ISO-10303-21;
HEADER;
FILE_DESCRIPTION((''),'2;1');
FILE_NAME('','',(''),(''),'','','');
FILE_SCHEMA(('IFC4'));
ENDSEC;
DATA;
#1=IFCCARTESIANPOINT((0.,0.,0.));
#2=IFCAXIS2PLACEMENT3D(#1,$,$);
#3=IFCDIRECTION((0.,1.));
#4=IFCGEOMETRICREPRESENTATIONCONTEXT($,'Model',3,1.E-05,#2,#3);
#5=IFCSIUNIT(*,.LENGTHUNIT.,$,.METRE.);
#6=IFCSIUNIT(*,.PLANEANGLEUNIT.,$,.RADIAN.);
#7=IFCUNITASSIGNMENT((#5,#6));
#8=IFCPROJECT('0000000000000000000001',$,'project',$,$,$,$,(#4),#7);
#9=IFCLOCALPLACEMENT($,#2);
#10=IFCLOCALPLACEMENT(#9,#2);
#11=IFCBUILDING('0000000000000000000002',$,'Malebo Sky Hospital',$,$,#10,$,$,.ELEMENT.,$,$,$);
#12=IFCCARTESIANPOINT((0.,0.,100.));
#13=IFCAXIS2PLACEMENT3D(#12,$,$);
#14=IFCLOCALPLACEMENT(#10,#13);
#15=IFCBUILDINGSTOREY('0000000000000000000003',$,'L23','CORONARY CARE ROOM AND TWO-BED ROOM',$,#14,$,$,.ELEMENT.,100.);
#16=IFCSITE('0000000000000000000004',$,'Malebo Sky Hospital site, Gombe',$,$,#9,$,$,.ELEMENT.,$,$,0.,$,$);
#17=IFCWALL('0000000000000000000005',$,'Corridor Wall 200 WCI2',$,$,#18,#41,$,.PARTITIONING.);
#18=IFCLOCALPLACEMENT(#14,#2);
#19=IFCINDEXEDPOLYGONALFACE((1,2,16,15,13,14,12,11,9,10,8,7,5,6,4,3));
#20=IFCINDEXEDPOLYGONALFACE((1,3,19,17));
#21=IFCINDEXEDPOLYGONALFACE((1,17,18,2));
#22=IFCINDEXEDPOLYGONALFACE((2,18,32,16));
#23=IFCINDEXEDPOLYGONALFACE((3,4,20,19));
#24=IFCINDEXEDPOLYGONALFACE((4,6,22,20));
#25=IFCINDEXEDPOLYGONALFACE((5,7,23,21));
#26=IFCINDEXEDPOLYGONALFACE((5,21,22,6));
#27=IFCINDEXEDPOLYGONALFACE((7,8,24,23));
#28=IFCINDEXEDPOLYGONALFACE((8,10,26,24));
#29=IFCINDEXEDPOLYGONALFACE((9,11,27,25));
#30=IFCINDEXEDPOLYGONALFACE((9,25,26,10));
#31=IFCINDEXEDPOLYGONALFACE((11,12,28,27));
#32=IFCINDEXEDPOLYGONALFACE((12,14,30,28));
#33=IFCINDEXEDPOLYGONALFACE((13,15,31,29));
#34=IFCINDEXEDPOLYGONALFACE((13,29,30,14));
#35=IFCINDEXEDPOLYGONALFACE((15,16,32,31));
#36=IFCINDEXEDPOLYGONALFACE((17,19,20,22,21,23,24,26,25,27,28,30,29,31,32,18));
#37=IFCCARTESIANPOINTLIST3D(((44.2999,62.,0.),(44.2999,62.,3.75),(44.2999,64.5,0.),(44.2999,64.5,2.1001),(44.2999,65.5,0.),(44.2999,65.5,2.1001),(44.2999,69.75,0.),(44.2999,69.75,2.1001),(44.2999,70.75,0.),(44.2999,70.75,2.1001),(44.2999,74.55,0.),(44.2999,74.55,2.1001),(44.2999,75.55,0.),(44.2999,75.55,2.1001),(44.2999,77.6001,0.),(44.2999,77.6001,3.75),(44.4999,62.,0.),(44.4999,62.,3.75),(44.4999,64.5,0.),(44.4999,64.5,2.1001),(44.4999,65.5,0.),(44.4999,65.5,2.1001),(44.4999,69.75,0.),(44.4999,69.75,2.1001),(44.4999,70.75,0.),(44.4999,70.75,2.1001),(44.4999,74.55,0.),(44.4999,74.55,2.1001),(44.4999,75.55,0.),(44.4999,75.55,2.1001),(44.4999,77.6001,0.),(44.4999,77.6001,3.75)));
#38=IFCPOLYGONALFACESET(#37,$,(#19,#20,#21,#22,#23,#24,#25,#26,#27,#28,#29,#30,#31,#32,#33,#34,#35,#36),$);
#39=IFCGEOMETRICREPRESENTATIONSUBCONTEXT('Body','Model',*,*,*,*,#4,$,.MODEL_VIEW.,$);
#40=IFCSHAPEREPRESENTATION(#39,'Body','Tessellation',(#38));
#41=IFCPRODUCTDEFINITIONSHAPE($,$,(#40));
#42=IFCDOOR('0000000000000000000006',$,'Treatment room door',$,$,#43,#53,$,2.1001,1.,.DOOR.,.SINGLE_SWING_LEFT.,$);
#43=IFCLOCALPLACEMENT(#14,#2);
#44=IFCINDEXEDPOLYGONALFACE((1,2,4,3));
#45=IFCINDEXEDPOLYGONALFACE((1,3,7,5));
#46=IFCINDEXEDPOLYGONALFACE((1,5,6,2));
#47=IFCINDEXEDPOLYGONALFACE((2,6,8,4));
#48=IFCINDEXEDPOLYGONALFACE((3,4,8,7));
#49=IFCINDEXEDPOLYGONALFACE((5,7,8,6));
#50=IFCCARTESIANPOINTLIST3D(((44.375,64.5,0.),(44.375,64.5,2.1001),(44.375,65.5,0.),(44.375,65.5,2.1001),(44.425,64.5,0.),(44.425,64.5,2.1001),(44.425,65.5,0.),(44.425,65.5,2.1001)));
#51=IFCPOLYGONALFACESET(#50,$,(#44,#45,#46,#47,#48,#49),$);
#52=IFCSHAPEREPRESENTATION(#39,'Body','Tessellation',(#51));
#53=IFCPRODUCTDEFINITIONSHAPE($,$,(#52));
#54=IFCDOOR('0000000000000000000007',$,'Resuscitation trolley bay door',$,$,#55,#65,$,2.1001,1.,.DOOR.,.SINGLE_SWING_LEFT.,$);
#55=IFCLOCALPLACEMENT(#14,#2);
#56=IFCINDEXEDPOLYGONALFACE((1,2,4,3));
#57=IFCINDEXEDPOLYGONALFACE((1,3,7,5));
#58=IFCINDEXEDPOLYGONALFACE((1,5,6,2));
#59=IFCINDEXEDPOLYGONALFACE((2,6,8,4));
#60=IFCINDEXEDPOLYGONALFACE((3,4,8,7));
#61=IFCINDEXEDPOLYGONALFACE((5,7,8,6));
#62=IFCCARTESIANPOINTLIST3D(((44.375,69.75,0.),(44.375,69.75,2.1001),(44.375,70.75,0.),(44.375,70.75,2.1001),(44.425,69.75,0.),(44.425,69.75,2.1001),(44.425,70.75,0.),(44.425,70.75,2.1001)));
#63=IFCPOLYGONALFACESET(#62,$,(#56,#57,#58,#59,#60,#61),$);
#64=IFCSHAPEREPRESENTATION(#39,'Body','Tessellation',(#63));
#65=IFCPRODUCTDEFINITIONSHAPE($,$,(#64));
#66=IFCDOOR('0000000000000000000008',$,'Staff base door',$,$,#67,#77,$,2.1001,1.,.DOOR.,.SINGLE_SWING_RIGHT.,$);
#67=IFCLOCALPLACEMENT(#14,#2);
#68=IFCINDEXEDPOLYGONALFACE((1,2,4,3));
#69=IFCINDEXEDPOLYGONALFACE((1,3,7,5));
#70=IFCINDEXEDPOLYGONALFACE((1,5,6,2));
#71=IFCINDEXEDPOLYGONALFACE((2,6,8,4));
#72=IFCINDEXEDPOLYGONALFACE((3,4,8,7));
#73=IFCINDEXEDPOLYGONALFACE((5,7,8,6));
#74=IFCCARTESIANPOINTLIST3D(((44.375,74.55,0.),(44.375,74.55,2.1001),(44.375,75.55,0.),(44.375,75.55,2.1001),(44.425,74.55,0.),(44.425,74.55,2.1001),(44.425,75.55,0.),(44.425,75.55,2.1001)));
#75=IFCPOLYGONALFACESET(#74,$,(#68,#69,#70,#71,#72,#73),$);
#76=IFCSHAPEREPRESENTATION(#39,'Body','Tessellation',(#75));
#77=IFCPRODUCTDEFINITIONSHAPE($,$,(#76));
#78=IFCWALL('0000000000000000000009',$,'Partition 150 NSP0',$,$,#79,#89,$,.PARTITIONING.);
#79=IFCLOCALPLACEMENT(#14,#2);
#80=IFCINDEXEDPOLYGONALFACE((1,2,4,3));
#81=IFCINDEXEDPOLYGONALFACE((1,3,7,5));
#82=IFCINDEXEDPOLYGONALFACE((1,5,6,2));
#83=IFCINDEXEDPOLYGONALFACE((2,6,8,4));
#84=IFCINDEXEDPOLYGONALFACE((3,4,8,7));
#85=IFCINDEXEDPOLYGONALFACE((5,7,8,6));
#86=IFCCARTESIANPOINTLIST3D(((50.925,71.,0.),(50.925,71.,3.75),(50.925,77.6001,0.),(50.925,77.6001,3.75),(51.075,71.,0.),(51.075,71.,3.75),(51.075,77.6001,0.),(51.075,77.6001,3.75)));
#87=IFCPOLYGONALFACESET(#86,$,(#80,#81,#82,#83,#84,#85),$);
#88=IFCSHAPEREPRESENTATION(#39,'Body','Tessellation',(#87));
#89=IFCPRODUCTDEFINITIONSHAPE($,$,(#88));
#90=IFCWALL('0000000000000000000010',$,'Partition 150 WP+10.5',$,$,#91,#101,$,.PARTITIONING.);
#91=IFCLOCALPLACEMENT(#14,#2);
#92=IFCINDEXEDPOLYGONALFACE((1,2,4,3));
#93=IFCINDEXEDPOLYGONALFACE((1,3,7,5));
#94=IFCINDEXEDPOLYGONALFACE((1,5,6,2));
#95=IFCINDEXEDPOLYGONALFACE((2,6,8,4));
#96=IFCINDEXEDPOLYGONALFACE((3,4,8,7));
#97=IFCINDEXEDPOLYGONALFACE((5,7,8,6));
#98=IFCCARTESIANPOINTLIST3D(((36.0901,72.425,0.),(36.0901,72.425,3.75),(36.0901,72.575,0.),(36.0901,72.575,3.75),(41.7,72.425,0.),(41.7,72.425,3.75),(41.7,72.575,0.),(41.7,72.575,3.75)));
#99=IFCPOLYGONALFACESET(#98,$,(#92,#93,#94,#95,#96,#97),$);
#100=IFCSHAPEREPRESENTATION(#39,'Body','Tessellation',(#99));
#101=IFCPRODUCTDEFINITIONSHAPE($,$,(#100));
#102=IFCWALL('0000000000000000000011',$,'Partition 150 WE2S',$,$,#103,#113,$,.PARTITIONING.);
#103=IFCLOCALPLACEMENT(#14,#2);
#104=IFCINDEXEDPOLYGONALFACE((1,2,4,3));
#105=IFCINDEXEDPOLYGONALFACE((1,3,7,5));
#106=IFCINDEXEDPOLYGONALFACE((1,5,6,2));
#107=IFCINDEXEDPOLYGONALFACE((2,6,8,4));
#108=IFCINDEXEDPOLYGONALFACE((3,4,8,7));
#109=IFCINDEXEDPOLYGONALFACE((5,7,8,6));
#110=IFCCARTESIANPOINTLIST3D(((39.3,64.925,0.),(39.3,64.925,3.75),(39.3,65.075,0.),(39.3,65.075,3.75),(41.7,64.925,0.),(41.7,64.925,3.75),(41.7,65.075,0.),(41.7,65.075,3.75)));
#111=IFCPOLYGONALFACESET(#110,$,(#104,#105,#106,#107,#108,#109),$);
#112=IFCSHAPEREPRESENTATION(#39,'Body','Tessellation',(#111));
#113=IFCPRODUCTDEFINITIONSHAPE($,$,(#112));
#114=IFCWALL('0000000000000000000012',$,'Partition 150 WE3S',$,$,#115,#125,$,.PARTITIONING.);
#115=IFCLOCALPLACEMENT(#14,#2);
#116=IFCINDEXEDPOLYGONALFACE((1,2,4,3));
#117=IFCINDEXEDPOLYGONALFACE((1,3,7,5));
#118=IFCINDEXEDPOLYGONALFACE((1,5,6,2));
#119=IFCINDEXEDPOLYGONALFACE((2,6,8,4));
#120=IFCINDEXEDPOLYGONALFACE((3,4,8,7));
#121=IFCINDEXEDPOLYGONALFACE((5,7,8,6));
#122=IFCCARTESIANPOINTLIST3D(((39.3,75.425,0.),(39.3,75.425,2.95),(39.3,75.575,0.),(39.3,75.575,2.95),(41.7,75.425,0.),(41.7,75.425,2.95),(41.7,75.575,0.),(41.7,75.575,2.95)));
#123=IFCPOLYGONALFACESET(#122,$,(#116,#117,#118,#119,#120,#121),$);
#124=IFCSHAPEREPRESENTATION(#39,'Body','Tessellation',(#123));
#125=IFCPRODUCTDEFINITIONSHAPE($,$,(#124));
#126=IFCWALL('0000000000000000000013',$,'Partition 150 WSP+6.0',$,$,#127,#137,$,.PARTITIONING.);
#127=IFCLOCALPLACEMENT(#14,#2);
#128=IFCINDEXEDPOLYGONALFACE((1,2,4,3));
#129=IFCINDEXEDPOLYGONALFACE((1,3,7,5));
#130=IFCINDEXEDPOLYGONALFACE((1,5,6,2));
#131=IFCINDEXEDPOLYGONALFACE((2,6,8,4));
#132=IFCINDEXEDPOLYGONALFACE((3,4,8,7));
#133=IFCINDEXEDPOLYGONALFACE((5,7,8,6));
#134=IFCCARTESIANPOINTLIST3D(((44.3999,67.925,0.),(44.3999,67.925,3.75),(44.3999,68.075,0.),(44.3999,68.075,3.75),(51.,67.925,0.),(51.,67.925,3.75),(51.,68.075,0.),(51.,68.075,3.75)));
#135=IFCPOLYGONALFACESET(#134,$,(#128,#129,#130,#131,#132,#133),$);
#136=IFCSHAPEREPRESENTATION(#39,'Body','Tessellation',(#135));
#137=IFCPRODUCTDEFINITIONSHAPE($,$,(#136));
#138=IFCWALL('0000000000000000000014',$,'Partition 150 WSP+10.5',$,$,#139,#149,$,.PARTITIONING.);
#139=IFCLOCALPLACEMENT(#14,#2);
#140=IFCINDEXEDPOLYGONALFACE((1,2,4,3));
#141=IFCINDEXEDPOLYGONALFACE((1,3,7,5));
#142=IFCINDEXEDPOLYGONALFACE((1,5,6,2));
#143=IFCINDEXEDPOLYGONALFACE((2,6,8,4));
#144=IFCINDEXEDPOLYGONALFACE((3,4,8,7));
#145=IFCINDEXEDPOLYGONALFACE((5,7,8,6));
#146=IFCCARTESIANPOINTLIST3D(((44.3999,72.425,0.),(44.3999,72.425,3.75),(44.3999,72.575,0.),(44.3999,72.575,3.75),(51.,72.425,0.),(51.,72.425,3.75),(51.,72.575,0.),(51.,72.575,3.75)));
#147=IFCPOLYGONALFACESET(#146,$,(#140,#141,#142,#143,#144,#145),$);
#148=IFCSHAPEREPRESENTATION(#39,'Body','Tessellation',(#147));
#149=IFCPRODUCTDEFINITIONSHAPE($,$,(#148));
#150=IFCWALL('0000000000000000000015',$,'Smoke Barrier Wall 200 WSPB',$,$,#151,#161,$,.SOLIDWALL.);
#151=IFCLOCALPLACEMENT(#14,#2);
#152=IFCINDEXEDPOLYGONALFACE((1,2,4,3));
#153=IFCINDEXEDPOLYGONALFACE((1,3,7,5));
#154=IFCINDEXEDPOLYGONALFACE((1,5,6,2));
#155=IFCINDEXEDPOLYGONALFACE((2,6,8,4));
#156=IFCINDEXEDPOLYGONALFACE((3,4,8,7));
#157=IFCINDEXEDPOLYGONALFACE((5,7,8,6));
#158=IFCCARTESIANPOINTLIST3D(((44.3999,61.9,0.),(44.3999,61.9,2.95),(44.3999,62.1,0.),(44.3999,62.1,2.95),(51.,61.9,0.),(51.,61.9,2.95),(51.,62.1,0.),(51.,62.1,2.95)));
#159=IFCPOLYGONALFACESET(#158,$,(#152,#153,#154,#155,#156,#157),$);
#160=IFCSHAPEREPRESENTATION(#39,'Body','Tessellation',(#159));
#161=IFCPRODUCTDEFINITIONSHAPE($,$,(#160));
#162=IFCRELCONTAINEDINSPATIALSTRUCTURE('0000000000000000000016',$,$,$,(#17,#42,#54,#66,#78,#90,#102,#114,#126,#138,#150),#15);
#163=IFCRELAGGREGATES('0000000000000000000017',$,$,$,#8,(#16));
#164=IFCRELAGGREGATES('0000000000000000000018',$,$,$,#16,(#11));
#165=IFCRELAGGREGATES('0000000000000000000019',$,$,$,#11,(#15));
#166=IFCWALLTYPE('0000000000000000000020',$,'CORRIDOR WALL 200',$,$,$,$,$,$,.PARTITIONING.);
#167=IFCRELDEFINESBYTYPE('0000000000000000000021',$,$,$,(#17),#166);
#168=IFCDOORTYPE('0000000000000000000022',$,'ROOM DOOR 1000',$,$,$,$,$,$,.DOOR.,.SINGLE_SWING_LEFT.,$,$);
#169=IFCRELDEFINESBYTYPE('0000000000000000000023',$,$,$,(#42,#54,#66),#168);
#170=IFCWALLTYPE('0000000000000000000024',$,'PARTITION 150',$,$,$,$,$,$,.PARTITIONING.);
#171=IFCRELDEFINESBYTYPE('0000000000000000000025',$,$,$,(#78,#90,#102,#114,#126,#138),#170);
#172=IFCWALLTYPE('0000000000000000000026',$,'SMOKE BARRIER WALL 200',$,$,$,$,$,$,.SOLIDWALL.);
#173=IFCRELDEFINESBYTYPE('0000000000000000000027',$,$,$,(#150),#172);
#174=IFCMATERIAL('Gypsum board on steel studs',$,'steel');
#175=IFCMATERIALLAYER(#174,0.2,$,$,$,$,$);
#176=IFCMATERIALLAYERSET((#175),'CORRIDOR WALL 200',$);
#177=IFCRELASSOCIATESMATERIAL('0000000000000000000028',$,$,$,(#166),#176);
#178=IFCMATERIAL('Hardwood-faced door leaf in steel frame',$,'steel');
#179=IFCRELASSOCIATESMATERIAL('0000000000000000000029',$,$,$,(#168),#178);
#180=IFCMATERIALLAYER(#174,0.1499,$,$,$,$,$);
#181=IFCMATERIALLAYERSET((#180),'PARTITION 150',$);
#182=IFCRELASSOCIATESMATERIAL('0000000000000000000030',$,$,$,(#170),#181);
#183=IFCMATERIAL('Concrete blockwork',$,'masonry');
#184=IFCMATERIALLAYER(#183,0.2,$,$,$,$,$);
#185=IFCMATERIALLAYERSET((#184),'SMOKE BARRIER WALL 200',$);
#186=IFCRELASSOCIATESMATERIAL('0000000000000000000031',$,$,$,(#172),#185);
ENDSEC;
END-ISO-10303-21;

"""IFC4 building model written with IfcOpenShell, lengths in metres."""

from ifc_helpers import new_model, si_unit, direction, frame, frame_2d, origin, place, context, subcontext, project, spatial, rectangle, extrude, material, layer, layer_set, type_object, element, fill, save


model = new_model("IFC4")

# Units and contexts
model_context = context("Model", 3, precision=1e-05, world=origin(), true_north=direction((0.0, 1.0)))
body_context = subcontext(model_context, "Body", "Model", "MODEL_VIEW")
ifc_project = project(units=[si_unit("LENGTHUNIT", "METRE"), si_unit("PLANEANGLEUNIT", "RADIAN")], contexts=[model_context])

# Site, building, storey
site_placement = place(None, origin())
site = spatial("IfcSite", under=ifc_project, at=site_placement, Name="Malebo Sky Hospital site, Gombe", CompositionType="ELEMENT", RefElevation=0.0)
building_placement = place(site_placement, origin())
building = spatial("IfcBuilding", under=site, at=building_placement, Name="Malebo Sky Hospital", CompositionType="ELEMENT")
storey_placement = place(building_placement, frame((0.0, 0.0, 100.0)))
storey = spatial("IfcBuildingStorey", under=building, at=storey_placement, Name="L23", Description="CORONARY CARE ROOM AND TWO-BED ROOM", CompositionType="ELEMENT", Elevation=100.0)

# Shared definitions
ifc_material_1 = material(Name="Hardwood-faced door leaf in steel frame", Category="steel")

# Wall, openings, doors
ifc_material_2 = material(Name="Gypsum board on steel studs", Category="steel")
ifc_layer_1 = layer(ifc_material_2, 0.2)
ifc_layer_set_1 = layer_set([ifc_layer_1], Name="CORRIDOR WALL 200")
wall_type_1 = type_object("IfcWallType", Name="CORRIDOR WALL 200", PredefinedType="PARTITIONING", material=ifc_layer_set_1)
wall_1_placement = place(storey_placement, frame((44.3999, 62.0, 0.0), z_axis=(0.0, 0.0, 1.0), x_axis=(0.0, 1.0, 0.0)))
wall_1 = element("IfcWall", 1, at=wall_1_placement, inside=storey, type_object=wall_type_1, Name="Corridor Wall 200 WCI2", PredefinedType="PARTITIONING", context=body_context, shape_type="SweptSolid", body=[
    extrude(rectangle(XDim=15.6001, YDim=0.2, at=frame_2d((7.8, 0.0))), origin(), (0.0, 0.0, 1.0), 3.75),
])
opening_1_placement = place(wall_1_placement, frame((2.5, 0.0, 0.0)))
opening_1 = element("IfcOpeningElement", 2, at=opening_1_placement, cuts=wall_1, PredefinedType="OPENING", context=body_context, shape_type="SweptSolid", body=[
    extrude(rectangle(XDim=1.0, YDim=2.1001, at=frame_2d((0.5, 1.05))), frame((0.0, 0.1099, 0.0), z_axis=(0.0, -1.0, 0.0), x_axis=(1.0, 0.0, 0.0)), (0.0, 0.0, 1.0), 0.22),
])
opening_2_placement = place(wall_1_placement, frame((7.75, 0.0, 0.0)))
opening_2 = element("IfcOpeningElement", 3, at=opening_2_placement, cuts=wall_1, PredefinedType="OPENING", context=body_context, shape_type="SweptSolid", body=[
    extrude(rectangle(XDim=1.0, YDim=2.1001, at=frame_2d((0.5, 1.05))), frame((0.0, 0.1099, 0.0), z_axis=(0.0, -1.0, 0.0), x_axis=(1.0, 0.0, 0.0)), (0.0, 0.0, 1.0), 0.22),
])
opening_3_placement = place(wall_1_placement, frame((12.55, 0.0, 0.0)))
opening_3 = element("IfcOpeningElement", 4, at=opening_3_placement, cuts=wall_1, PredefinedType="OPENING", context=body_context, shape_type="SweptSolid", body=[
    extrude(rectangle(XDim=1.0, YDim=2.1001, at=frame_2d((0.5, 1.05))), frame((0.0, 0.1099, 0.0), z_axis=(0.0, -1.0, 0.0), x_axis=(1.0, 0.0, 0.0)), (0.0, 0.0, 1.0), 0.22),
])
door_type_1 = type_object("IfcDoorType", Name="ROOM DOOR 1000", OperationType="SINGLE_SWING_LEFT", PredefinedType="DOOR", material=ifc_material_1)
door_1_placement = place(opening_1_placement, origin())
door_1 = element("IfcDoor", 5, at=door_1_placement, inside=storey, type_object=door_type_1, Name="Treatment room door", OperationType="SINGLE_SWING_LEFT", OverallHeight=2.1001, OverallWidth=1.0, PredefinedType="DOOR", context=body_context, shape_type="SweptSolid", body=[
    extrude(rectangle(XDim=1.0, YDim=2.1001, at=frame_2d((0.5, 1.05))), frame((0.0, 0.0249, 0.0), z_axis=(0.0, -1.0, 0.0), x_axis=(1.0, 0.0, 0.0)), (0.0, 0.0, 1.0), 0.05),
])
fill(opening_1, door_1)
door_2_placement = place(opening_2_placement, origin())
door_2 = element("IfcDoor", 6, at=door_2_placement, inside=storey, type_object=door_type_1, Name="Resuscitation trolley bay door", OperationType="SINGLE_SWING_LEFT", OverallHeight=2.1001, OverallWidth=1.0, PredefinedType="DOOR", context=body_context, shape_type="SweptSolid", body=[
    extrude(rectangle(XDim=1.0, YDim=2.1001, at=frame_2d((0.5, 1.05))), frame((0.0, 0.0249, 0.0), z_axis=(0.0, -1.0, 0.0), x_axis=(1.0, 0.0, 0.0)), (0.0, 0.0, 1.0), 0.05),
])
fill(opening_2, door_2)
door_3_placement = place(opening_3_placement, origin())
door_3 = element("IfcDoor", 7, at=door_3_placement, inside=storey, type_object=door_type_1, Name="Staff base door", OperationType="SINGLE_SWING_RIGHT", OverallHeight=2.1001, OverallWidth=1.0, PredefinedType="DOOR", context=body_context, shape_type="SweptSolid", body=[
    extrude(rectangle(XDim=1.0, YDim=2.1001, at=frame_2d((0.5, 1.05))), frame((0.0, 0.0249, 0.0), z_axis=(0.0, -1.0, 0.0), x_axis=(1.0, 0.0, 0.0)), (0.0, 0.0, 1.0), 0.05),
])
fill(opening_3, door_3)

# Walls
ifc_layer_2 = layer(ifc_material_2, 0.1499)
ifc_layer_set_2 = layer_set([ifc_layer_2], Name="PARTITION 150")
wall_type_2 = type_object("IfcWallType", Name="PARTITION 150", PredefinedType="PARTITIONING", material=ifc_layer_set_2)
wall_2_placement = place(storey_placement, frame((51.0, 71.0, 0.0), z_axis=(0.0, 0.0, 1.0), x_axis=(0.0, 1.0, 0.0)))
element("IfcWall", 8, at=wall_2_placement, inside=storey, type_object=wall_type_2, Name="Partition 150 NSP0", PredefinedType="PARTITIONING", context=body_context, shape_type="SweptSolid", body=[
    extrude(rectangle(XDim=6.6001, YDim=0.1499, at=frame_2d((3.3, 0.0))), origin(), (0.0, 0.0, 1.0), 3.75),
])
wall_3_placement = place(storey_placement, frame((41.7, 72.5, 0.0), z_axis=(0.0, 0.0, 1.0), x_axis=(-1.0, 0.0, 0.0)))
element("IfcWall", 9, at=wall_3_placement, inside=storey, type_object=wall_type_2, Name="Partition 150 WP+10.5", PredefinedType="PARTITIONING", context=body_context, shape_type="SweptSolid", body=[
    extrude(rectangle(XDim=5.6099, YDim=0.1499, at=frame_2d((2.8049, 0.0))), origin(), (0.0, 0.0, 1.0), 3.75),
])
wall_4_placement = place(storey_placement, frame((41.7, 65.0, 0.0), z_axis=(0.0, 0.0, 1.0), x_axis=(-1.0, 0.0, 0.0)))
element("IfcWall", 10, at=wall_4_placement, inside=storey, type_object=wall_type_2, Name="Partition 150 WE2S", PredefinedType="PARTITIONING", context=body_context, shape_type="SweptSolid", body=[
    extrude(rectangle(XDim=2.3999, YDim=0.1499, at=frame_2d((1.2, 0.0))), origin(), (0.0, 0.0, 1.0), 3.75),
])
wall_5_placement = place(storey_placement, frame((41.7, 75.5, 0.0), z_axis=(0.0, 0.0, 1.0), x_axis=(-1.0, 0.0, 0.0)))
element("IfcWall", 11, at=wall_5_placement, inside=storey, type_object=wall_type_2, Name="Partition 150 WE3S", PredefinedType="PARTITIONING", context=body_context, shape_type="SweptSolid", body=[
    extrude(rectangle(XDim=2.3999, YDim=0.1499, at=frame_2d((1.2, 0.0))), origin(), (0.0, 0.0, 1.0), 2.95),
])
for number, where, z_axis, x_axis, name in (
    (12, (51.0, 68.0, 0.0), (0.0, 0.0, 1.0), (-1.0, 0.0, 0.0), "Partition 150 WSP+6.0"),
    (13, (51.0, 72.5, 0.0), (0.0, 0.0, 1.0), (-1.0, 0.0, 0.0), "Partition 150 WSP+10.5"),
):
    element("IfcWall", number, at=place(storey_placement, frame(where, z_axis=z_axis, x_axis=x_axis)), inside=storey, type_object=wall_type_2, Name=name, PredefinedType="PARTITIONING", context=body_context, shape_type="SweptSolid", body=[
        extrude(rectangle(XDim=6.6001, YDim=0.1499, at=frame_2d((3.3, 0.0))), origin(), (0.0, 0.0, 1.0), 3.75),
    ])
ifc_material_3 = material(Name="Concrete blockwork", Category="masonry")
ifc_layer_3 = layer(ifc_material_3, 0.2)
ifc_layer_set_3 = layer_set([ifc_layer_3], Name="SMOKE BARRIER WALL 200")
wall_type_3 = type_object("IfcWallType", Name="SMOKE BARRIER WALL 200", PredefinedType="SOLIDWALL", material=ifc_layer_set_3)
wall_6_placement = place(storey_placement, frame((51.0, 62.0, 0.0), z_axis=(0.0, 0.0, 1.0), x_axis=(-1.0, 0.0, 0.0)))
element("IfcWall", 14, at=wall_6_placement, inside=storey, type_object=wall_type_3, Name="Smoke Barrier Wall 200 WSPB", PredefinedType="SOLIDWALL", context=body_context, shape_type="SweptSolid", body=[
    extrude(rectangle(XDim=6.6001, YDim=0.2, at=frame_2d((3.3, 0.0))), origin(), (0.0, 0.0, 1.0), 2.95),
])

save(model, "model.ifc")
